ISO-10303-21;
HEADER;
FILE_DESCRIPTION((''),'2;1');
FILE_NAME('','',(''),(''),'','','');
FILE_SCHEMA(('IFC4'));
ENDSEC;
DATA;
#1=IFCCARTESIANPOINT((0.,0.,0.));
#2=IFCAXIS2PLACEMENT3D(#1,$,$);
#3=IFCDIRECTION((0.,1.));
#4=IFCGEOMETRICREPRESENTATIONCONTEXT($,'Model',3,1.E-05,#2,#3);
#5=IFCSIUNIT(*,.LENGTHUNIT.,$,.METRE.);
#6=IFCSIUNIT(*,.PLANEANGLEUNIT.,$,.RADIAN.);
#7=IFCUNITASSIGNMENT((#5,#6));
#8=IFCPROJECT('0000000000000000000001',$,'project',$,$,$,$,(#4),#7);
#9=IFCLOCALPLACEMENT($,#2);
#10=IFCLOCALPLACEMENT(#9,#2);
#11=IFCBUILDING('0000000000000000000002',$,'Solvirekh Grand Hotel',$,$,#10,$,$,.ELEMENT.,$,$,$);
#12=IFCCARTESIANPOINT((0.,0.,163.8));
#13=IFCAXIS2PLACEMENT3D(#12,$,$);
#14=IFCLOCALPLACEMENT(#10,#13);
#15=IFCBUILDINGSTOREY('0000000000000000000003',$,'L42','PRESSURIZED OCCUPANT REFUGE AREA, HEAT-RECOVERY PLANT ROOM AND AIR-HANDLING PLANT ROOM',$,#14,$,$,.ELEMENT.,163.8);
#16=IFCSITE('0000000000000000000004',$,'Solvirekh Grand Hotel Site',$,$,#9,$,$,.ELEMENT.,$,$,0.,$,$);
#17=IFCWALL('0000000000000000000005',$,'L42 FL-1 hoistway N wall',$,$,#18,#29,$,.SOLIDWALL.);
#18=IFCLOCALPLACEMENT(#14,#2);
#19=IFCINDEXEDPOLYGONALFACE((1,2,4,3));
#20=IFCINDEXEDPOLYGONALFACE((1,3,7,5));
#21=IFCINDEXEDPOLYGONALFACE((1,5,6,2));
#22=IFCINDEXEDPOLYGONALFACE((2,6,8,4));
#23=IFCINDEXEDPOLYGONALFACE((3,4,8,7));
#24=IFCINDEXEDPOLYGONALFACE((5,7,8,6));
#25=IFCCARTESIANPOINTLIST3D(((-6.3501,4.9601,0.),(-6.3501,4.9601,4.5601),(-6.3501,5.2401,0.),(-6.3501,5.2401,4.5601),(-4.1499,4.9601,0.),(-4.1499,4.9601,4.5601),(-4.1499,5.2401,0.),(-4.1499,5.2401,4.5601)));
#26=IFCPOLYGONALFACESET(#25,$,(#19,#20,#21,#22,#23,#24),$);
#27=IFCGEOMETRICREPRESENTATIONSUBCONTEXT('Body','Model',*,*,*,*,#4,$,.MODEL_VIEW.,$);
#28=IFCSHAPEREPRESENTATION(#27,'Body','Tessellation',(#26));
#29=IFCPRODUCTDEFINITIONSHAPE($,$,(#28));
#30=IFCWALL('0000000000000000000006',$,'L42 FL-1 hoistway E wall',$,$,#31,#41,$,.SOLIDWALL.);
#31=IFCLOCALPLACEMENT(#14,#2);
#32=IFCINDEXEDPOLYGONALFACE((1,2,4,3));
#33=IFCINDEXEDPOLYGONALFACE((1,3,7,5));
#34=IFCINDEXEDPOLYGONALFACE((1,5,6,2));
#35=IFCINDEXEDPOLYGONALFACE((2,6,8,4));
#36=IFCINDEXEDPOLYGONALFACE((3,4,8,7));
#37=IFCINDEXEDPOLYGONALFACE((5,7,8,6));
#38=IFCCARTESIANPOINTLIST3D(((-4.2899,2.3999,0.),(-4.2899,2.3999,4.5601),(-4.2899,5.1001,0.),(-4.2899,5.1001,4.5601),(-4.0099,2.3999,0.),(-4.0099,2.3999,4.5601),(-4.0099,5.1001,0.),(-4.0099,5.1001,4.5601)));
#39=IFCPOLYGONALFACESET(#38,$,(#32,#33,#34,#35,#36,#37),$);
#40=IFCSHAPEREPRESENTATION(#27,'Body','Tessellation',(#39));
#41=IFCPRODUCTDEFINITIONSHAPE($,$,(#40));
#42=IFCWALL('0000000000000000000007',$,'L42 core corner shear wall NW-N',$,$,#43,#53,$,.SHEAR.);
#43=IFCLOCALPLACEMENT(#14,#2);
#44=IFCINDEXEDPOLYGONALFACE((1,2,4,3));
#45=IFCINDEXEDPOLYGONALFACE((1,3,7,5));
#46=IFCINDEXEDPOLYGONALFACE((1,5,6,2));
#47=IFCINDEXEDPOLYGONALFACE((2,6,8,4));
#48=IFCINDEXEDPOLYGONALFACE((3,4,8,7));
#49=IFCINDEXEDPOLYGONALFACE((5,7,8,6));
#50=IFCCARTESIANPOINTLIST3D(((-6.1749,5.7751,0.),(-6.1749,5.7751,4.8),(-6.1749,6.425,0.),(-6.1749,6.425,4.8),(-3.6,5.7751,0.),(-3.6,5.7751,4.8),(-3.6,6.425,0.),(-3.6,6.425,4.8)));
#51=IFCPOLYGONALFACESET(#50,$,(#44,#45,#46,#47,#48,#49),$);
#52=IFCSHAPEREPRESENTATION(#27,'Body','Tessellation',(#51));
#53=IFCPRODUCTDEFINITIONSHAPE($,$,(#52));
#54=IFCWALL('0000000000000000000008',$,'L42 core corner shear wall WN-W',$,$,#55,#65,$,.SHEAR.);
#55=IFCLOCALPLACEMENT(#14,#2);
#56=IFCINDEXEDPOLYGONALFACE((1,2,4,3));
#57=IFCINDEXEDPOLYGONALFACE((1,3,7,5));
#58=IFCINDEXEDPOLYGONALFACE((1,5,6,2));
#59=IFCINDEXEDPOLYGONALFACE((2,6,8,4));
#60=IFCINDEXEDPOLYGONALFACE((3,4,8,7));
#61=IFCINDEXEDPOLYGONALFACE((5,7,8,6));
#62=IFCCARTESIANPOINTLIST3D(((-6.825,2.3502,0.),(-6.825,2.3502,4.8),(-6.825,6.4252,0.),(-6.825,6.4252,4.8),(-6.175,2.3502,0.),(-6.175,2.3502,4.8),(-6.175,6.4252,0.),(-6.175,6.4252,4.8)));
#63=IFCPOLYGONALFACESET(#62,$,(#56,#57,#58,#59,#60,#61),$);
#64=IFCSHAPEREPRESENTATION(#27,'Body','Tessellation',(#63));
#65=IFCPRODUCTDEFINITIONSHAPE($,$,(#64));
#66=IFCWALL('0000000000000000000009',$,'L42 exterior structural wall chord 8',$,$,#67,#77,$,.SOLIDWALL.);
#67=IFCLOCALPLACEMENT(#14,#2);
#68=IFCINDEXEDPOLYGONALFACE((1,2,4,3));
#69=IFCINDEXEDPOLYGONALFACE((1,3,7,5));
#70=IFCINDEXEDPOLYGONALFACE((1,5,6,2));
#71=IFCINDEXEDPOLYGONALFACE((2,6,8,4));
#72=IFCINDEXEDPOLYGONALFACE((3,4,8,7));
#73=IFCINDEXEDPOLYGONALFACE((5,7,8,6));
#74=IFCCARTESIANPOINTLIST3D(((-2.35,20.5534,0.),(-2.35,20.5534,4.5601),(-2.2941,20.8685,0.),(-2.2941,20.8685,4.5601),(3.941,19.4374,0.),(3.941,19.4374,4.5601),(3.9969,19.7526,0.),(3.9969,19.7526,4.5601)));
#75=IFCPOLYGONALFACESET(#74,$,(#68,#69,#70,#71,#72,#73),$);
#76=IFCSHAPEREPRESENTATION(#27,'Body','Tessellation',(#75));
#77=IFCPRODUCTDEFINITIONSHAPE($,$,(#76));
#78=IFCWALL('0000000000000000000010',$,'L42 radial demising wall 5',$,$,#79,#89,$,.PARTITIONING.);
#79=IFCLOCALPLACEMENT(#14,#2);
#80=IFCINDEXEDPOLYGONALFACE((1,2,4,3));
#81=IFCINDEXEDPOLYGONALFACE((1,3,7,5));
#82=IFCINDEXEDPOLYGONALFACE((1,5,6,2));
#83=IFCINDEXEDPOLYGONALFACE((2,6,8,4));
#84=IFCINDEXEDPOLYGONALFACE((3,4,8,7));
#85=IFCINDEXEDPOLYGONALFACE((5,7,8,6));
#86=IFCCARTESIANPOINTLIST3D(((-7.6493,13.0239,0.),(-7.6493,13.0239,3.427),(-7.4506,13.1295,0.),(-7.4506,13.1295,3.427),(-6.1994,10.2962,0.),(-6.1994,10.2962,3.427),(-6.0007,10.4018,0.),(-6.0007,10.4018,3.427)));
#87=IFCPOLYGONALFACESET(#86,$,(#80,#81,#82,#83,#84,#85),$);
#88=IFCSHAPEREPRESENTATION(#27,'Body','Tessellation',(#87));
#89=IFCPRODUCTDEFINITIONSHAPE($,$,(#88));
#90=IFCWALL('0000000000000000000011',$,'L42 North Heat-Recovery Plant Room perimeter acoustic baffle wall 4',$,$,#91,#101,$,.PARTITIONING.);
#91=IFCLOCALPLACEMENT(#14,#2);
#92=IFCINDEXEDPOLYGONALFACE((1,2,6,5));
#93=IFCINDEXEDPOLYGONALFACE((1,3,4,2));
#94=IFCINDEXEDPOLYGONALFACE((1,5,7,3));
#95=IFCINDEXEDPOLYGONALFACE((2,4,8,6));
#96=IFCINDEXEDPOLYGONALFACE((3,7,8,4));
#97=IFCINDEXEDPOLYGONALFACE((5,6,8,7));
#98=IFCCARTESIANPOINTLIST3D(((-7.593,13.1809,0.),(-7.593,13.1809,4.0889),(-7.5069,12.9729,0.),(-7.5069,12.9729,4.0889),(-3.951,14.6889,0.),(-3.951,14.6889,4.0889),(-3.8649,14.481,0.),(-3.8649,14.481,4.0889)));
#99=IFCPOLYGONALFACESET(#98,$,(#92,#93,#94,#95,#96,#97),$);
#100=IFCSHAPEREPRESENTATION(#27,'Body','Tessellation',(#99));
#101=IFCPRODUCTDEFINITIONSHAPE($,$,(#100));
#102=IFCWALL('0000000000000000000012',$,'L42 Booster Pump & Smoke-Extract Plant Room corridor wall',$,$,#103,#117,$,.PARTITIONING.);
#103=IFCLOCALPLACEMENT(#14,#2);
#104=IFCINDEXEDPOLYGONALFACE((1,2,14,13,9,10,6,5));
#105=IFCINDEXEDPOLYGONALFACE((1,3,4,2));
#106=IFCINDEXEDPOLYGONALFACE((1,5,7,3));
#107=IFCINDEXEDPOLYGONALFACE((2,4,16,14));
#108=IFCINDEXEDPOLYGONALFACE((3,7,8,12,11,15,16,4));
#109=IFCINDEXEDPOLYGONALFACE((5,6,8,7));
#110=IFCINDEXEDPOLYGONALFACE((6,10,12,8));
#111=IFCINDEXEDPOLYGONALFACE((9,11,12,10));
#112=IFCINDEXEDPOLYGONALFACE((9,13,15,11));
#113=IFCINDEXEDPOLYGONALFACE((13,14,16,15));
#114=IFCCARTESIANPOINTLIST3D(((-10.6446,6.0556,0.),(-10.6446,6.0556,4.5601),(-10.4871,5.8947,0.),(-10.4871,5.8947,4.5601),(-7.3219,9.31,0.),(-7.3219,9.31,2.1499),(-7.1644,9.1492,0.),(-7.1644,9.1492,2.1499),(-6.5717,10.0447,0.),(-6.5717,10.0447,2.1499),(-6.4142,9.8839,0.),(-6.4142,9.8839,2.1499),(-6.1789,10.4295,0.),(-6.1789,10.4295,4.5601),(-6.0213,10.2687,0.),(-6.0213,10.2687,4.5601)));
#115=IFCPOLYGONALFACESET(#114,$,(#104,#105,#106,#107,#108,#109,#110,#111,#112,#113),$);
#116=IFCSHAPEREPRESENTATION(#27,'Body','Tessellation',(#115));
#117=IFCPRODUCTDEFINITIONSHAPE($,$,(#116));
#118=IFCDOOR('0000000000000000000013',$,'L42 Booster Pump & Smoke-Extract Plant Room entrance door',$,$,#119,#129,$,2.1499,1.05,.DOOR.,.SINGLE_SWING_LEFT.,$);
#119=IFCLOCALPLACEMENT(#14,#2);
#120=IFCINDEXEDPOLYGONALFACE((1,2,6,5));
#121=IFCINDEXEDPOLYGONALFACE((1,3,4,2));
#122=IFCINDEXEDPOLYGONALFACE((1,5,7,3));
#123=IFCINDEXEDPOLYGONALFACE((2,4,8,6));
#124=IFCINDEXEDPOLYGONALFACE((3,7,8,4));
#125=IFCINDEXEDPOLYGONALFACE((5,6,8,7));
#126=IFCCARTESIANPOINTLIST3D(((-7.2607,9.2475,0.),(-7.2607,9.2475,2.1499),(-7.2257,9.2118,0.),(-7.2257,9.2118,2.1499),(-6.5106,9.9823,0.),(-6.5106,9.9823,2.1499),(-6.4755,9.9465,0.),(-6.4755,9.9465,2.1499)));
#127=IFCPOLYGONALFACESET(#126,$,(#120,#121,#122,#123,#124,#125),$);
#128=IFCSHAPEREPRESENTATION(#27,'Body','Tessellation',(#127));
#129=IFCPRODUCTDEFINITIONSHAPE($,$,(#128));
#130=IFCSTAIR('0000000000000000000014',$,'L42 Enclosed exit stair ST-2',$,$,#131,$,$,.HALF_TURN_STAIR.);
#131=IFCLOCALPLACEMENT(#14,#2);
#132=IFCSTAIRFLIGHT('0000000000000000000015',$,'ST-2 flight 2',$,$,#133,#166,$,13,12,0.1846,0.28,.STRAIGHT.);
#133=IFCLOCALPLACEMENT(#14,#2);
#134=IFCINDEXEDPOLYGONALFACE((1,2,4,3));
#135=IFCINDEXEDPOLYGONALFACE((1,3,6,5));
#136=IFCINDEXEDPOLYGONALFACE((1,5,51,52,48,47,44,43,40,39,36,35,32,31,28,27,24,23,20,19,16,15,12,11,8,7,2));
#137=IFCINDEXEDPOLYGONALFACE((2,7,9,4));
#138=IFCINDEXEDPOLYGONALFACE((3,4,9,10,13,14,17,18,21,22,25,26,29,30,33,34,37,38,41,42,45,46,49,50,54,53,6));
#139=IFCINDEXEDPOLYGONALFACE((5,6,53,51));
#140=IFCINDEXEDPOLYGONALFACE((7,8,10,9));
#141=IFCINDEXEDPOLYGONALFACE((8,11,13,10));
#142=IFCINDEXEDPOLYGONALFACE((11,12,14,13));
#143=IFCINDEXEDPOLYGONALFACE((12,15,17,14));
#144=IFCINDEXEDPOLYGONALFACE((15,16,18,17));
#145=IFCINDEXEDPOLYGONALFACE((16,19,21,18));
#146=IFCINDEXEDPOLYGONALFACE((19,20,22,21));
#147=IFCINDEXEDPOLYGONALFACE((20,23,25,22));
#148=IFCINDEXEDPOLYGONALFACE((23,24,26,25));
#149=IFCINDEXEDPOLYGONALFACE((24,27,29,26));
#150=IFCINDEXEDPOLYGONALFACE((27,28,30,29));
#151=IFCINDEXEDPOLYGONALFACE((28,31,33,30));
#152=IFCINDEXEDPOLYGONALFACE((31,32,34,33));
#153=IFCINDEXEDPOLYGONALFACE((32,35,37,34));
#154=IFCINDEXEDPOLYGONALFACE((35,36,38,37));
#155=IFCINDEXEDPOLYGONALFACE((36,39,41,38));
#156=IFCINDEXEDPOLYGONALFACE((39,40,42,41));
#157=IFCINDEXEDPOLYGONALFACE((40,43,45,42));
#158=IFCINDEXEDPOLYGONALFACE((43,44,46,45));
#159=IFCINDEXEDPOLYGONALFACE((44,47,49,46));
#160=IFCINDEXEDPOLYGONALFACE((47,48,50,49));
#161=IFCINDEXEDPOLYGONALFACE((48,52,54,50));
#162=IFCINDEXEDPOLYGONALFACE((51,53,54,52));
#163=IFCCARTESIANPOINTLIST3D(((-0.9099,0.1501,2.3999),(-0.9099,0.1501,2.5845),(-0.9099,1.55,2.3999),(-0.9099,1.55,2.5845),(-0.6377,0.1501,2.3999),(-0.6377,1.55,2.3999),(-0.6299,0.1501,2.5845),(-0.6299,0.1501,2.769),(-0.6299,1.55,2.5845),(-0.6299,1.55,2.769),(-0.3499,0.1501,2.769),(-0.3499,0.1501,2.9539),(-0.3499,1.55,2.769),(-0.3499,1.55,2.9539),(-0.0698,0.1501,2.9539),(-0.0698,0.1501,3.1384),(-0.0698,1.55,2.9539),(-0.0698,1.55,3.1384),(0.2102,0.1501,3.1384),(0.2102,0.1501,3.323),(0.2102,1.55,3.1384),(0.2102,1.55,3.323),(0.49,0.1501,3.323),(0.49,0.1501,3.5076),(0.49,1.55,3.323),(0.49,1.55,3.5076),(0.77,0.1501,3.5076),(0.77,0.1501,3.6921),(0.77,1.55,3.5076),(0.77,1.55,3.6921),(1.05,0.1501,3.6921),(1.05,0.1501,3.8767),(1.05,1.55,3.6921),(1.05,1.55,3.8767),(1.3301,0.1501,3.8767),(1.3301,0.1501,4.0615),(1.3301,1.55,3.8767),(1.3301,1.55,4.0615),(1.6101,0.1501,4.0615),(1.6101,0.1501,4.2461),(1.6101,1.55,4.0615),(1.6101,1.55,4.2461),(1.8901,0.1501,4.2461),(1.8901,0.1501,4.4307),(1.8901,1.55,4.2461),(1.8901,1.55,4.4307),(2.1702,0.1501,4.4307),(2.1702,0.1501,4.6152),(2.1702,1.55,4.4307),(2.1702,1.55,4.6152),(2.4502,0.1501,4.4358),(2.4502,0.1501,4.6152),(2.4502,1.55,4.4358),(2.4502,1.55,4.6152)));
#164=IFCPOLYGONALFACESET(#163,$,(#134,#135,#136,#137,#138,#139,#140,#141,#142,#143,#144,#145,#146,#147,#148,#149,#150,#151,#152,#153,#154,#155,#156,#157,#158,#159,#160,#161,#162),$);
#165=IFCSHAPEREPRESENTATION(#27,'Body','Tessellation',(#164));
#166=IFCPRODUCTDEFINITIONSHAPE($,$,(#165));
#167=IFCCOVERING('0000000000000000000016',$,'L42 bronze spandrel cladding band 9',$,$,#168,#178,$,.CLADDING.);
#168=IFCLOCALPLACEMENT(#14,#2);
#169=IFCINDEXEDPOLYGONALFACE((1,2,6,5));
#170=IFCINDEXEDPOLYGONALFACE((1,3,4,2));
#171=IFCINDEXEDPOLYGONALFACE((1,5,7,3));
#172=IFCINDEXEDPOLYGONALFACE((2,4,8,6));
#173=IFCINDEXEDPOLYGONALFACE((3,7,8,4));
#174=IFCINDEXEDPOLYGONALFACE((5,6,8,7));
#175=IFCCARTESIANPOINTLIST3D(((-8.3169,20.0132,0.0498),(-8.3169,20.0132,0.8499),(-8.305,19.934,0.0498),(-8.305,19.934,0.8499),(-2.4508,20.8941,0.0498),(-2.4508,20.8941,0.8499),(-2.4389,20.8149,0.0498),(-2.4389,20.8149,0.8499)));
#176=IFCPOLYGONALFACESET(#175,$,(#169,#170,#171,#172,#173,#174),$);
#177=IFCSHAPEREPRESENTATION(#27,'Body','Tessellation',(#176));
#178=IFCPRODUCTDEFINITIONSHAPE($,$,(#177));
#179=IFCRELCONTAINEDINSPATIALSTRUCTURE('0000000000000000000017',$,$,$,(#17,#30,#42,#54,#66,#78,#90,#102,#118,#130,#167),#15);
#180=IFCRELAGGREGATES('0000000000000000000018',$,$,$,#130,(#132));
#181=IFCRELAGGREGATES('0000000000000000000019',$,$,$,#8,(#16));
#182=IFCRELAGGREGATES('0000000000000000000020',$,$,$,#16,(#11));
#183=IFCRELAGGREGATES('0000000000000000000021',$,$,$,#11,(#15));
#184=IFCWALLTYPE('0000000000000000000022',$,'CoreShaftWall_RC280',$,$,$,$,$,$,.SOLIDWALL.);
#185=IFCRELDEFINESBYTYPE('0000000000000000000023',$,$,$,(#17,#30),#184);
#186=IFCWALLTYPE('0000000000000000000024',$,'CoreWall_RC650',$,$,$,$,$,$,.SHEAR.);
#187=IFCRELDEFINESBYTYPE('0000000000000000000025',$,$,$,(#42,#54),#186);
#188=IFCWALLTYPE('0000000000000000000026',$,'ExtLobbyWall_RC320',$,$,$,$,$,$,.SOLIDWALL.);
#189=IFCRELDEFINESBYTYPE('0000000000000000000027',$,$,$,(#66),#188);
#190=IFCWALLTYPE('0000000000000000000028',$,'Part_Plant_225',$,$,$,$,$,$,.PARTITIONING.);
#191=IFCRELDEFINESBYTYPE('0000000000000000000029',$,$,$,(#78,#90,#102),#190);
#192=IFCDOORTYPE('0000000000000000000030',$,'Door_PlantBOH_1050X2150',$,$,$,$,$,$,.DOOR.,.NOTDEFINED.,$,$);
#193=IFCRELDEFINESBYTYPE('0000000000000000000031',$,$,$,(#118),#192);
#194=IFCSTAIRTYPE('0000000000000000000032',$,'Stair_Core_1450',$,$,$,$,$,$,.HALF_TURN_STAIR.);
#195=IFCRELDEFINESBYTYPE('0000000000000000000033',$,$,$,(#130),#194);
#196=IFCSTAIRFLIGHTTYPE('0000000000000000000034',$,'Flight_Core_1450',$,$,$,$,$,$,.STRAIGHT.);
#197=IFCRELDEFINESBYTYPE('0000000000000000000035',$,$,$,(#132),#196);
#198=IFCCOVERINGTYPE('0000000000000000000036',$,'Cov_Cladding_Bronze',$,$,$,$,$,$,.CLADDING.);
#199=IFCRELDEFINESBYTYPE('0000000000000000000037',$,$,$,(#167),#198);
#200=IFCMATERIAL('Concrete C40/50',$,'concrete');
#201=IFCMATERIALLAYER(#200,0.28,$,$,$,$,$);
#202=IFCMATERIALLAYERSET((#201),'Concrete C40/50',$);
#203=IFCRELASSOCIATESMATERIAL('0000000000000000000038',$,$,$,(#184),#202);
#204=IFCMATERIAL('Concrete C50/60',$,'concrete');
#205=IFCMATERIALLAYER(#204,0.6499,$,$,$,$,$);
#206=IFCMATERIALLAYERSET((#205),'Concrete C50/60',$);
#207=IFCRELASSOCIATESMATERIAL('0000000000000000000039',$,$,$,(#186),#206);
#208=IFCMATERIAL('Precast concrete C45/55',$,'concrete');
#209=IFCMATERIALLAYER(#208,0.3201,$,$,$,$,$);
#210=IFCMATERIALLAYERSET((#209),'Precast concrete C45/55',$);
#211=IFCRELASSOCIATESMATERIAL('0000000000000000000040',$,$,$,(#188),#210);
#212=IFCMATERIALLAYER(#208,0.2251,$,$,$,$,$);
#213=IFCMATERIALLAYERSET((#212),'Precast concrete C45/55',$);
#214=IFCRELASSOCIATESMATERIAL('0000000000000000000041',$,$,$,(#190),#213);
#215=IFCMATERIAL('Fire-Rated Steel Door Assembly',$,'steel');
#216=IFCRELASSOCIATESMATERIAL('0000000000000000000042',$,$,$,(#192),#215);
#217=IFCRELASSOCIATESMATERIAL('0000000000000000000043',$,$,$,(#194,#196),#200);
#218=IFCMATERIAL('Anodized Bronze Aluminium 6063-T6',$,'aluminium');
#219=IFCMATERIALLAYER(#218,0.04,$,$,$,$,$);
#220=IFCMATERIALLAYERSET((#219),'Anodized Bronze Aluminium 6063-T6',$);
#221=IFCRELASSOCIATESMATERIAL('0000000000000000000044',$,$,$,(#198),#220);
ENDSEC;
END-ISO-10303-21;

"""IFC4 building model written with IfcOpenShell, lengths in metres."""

from ifc_helpers import new_model, si_unit, direction, frame, frame_2d, origin, origin_2d, place, context, subcontext, project, spatial, polyline, rectangle, outline, extrude, material, layer, layer_set, type_object, element, fill, aggregate, save


model = new_model("IFC4")

# Units and contexts
model_context = context("Model", 3, precision=1e-05, world=origin(), true_north=direction((0.0, 1.0)))
body_context = subcontext(model_context, "Body", "Model", "MODEL_VIEW")
ifc_project = project(units=[si_unit("LENGTHUNIT", "METRE"), si_unit("PLANEANGLEUNIT", "RADIAN")], contexts=[model_context])

# Site, building, storey
site_placement = place(None, origin())
site = spatial("IfcSite", under=ifc_project, at=site_placement, Name="Solvirekh Grand Hotel Site", CompositionType="ELEMENT", RefElevation=0.0)
building_placement = place(site_placement, origin())
building = spatial("IfcBuilding", under=site, at=building_placement, Name="Solvirekh Grand Hotel", CompositionType="ELEMENT")
storey_placement = place(building_placement, frame((0.0, 0.0, 163.8)))
storey = spatial("IfcBuildingStorey", under=building, at=storey_placement, Name="L42", Description="PRESSURIZED OCCUPANT REFUGE AREA, HEAT-RECOVERY PLANT ROOM AND AIR-HANDLING PLANT ROOM", CompositionType="ELEMENT", Elevation=163.8)

# Shared definitions
ifc_material_1 = material(Name="Concrete C50/60", Category="concrete")

# Shared definitions
ifc_material_2 = material(Name="Concrete C40/50", Category="concrete")
ifc_layer_1 = layer(ifc_material_2, 0.28)
ifc_layer_set_1 = layer_set([ifc_layer_1], Name="Concrete C40/50")
wall_type_1 = type_object("IfcWallType", Name="CoreShaftWall_RC280", PredefinedType="SOLIDWALL", material=ifc_layer_set_1)

# Shared definitions
ifc_material_3 = material(Name="Fire-Rated Steel Door Assembly", Category="steel")

# Walls
wall_1_placement = place(storey_placement, frame((-4.1499, 5.1001, 0.0), z_axis=(0.0, 0.0, 1.0), x_axis=(-1.0, 0.0, 0.0)))
element("IfcWall", 1, at=wall_1_placement, inside=storey, type_object=wall_type_1, Name="L42 FL-1 hoistway N wall", PredefinedType="SOLIDWALL", context=body_context, shape_type="SweptSolid", body=[
    extrude(rectangle(XDim=2.2002, YDim=0.28, at=frame_2d((1.1001, 0.0))), origin(), (0.0, 0.0, 1.0), 4.5601),
])
wall_2_placement = place(storey_placement, frame((-4.1499, 2.3999, 0.0), z_axis=(0.0, 0.0, 1.0), x_axis=(0.0, 1.0, 0.0)))
element("IfcWall", 2, at=wall_2_placement, inside=storey, type_object=wall_type_1, Name="L42 FL-1 hoistway E wall", PredefinedType="SOLIDWALL", context=body_context, shape_type="SweptSolid", body=[
    extrude(rectangle(XDim=2.7002, YDim=0.28, at=frame_2d((1.3501, 0.0))), origin(), (0.0, 0.0, 1.0), 4.5601),
])
ifc_layer_2 = layer(ifc_material_1, 0.6499)
ifc_layer_set_2 = layer_set([ifc_layer_2], Name="Concrete C50/60")
wall_type_2 = type_object("IfcWallType", Name="CoreWall_RC650", PredefinedType="SHEAR", material=ifc_layer_set_2)
wall_3_placement = place(storey_placement, frame((-6.175, 6.1001, 0.0), z_axis=(0.0, 0.0, 1.0), x_axis=(1.0, 0.0, 0.0)))
element("IfcWall", 3, at=wall_3_placement, inside=storey, type_object=wall_type_2, Name="L42 core corner shear wall NW-N", PredefinedType="SHEAR", context=body_context, shape_type="SweptSolid", body=[
    extrude(rectangle(XDim=2.575, YDim=0.6499, at=frame_2d((1.2876, 0.0))), origin(), (0.0, 0.0, 1.0), 4.8),
])
wall_4_placement = place(storey_placement, frame((-6.5, 2.3501, 0.0), z_axis=(0.0, 0.0, 1.0), x_axis=(0.0, 1.0, 0.0)))
element("IfcWall", 4, at=wall_4_placement, inside=storey, type_object=wall_type_2, Name="L42 core corner shear wall WN-W", PredefinedType="SHEAR", context=body_context, shape_type="SweptSolid", body=[
    extrude(rectangle(XDim=4.075, YDim=0.6499, at=frame_2d((2.0376, 0.0))), origin(), (0.0, 0.0, 1.0), 4.8),
])
ifc_material_4 = material(Name="Precast concrete C45/55", Category="concrete")
ifc_layer_3 = layer(ifc_material_4, 0.3201)
ifc_layer_set_3 = layer_set([ifc_layer_3], Name="Precast concrete C45/55")
wall_type_3 = type_object("IfcWallType", Name="ExtLobbyWall_RC320", PredefinedType="SOLIDWALL", material=ifc_layer_set_3)
wall_5_placement = place(storey_placement, frame((-2.322, 20.7109, 0.0), z_axis=(0.0, 0.0, 1.0), x_axis=(0.984628, -0.174664, 0.0)))
element("IfcWall", 5, at=wall_5_placement, inside=storey, type_object=wall_type_3, Name="L42 exterior structural wall chord 8", PredefinedType="SOLIDWALL", context=body_context, shape_type="SweptSolid", body=[
    extrude(rectangle(XDim=6.3892, YDim=0.3201, at=frame_2d((3.1946, 0.0))), origin(), (0.0, 0.0, 1.0), 4.5601),
])
ifc_layer_4 = layer(ifc_material_4, 0.2251)
ifc_layer_set_4 = layer_set([ifc_layer_4], Name="Precast concrete C45/55")
wall_type_4 = type_object("IfcWallType", Name="Part_Plant_225", PredefinedType="PARTITIONING", material=ifc_layer_set_4)
wall_6_placement = place(storey_placement, frame((-6.1001, 10.3491, 0.0), z_axis=(0.0, 0.0, 1.0), x_axis=(-0.469361, 0.883006, 0.0)))
element("IfcWall", 6, at=wall_6_placement, inside=storey, type_object=wall_type_4, Name="L42 radial demising wall 5", PredefinedType="PARTITIONING", context=body_context, shape_type="SweptSolid", body=[
    extrude(rectangle(XDim=3.0891, YDim=0.2251, at=frame_2d((1.5444, 0.0))), origin(), (0.0, 0.0, 1.0), 3.427),
])
wall_7_placement = place(storey_placement, frame((-3.908, 14.585, 0.0), z_axis=(0.0, 0.0, 1.0), x_axis=(-0.923929, -0.382565, 0.0)))
element("IfcWall", 7, at=wall_7_placement, inside=storey, type_object=wall_type_4, Name="L42 North Heat-Recovery Plant Room perimeter acoustic baffle wall 4", PredefinedType="PARTITIONING", context=body_context, shape_type="SweptSolid", body=[
    extrude(rectangle(XDim=3.9419, YDim=0.2251, at=frame_2d((1.9709, 0.0))), origin(), (0.0, 0.0, 1.0), 4.0889),
])

# Wall, opening, door
wall_8_placement = place(storey_placement, frame((-6.1001, 10.3491, 0.0), z_axis=(0.0, 0.0, 1.0), x_axis=(-0.714411, -0.699726, 0.0)))
wall_8 = element("IfcWall", 8, at=wall_8_placement, inside=storey, type_object=wall_type_4, Name="L42 Booster Pump & Smoke-Extract Plant Room corridor wall", PredefinedType="PARTITIONING", context=body_context, shape_type="SweptSolid", body=[
    extrude(rectangle(XDim=6.251, YDim=0.2251, at=frame_2d((3.1255, 0.0))), origin(), (0.0, 0.0, 1.0), 4.5601),
])
opening_1_placement = place(wall_8_placement, frame((0.55, 0.0, 0.0)))
opening_1 = element("IfcOpeningElement", 9, at=opening_1_placement, cuts=wall_8, PredefinedType="OPENING", context=body_context, shape_type="SweptSolid", body=[
    extrude(rectangle(XDim=1.05, YDim=2.1499, at=frame_2d((0.5249, 1.075))), frame((0.0, 0.1226, 0.0), z_axis=(0.0, -1.0, 0.0), x_axis=(1.0, 0.0, 0.0)), (0.0, 0.0, 1.0), 0.2451),
])
door_type_1 = type_object("IfcDoorType", Name="Door_PlantBOH_1050X2150", OperationType="NOTDEFINED", PredefinedType="DOOR", material=ifc_material_3)
door_1_placement = place(opening_1_placement, origin())
door_1 = element("IfcDoor", 10, at=door_1_placement, inside=storey, type_object=door_type_1, Name="L42 Booster Pump & Smoke-Extract Plant Room entrance door", OperationType="SINGLE_SWING_LEFT", OverallHeight=2.1499, OverallWidth=1.05, PredefinedType="DOOR", context=body_context, shape_type="SweptSolid", body=[
    extrude(rectangle(XDim=1.05, YDim=2.1499, at=frame_2d((0.5249, 1.075))), frame((0.0, 0.0249, 0.0), z_axis=(0.0, -1.0, 0.0), x_axis=(1.0, 0.0, 0.0)), (0.0, 0.0, 1.0), 0.05),
])
fill(opening_1, door_1)

# Stair, stair flight
stair_type = type_object("IfcStairType", Name="Stair_Core_1450", PredefinedType="HALF_TURN_STAIR", material=ifc_material_2)
stair_placement = place(storey_placement, origin())
stair = element("IfcStair", 11, at=stair_placement, inside=storey, type_object=stair_type, Name="L42 Enclosed exit stair ST-2", PredefinedType="HALF_TURN_STAIR")
stair_flight_type = type_object("IfcStairFlightType", Name="Flight_Core_1450", PredefinedType="STRAIGHT", material=ifc_material_2)
stair_flight_placement = place(storey_placement, frame((-0.9099, 0.8501, 2.3999), z_axis=(0.0, 0.0, 1.0), x_axis=(1.0, 0.0, 0.0)))
stair_flight = element("IfcStairFlight", 12, at=stair_flight_placement, type_object=stair_flight_type, Name="ST-2 flight 2", NumberOfRisers=13, NumberOfTreads=12, PredefinedType="STRAIGHT", RiserHeight=0.1846, TreadLength=0.28, context=body_context, shape_type="SweptSolid", body=[
    extrude(outline(polyline([(0.0, 0.0), (0.0, 0.1846), (0.28, 0.1846), (0.28, 0.3691), (0.5601, 0.3691), (0.5601, 0.554), (0.8401, 0.554), (0.8401, 0.7385), (1.1201, 0.7385), (1.1201, 0.9231), (1.3999, 0.9231), (1.3999, 1.1077), (1.6799, 1.1077), (1.6799, 1.2922), (1.96, 1.2922), (1.96, 1.4768), (2.24, 1.4768), (2.24, 1.6616), (2.52, 1.6616), (2.52, 1.8462), (2.8, 1.8462), (2.8, 2.0308), (3.0801, 2.0308), (3.0801, 2.2153), (3.3601, 2.2153), (3.3601, 2.3999), (3.3601, 2.0359), (0.2722, 0.0), (0.0, 0.0)])), frame((0.0, 0.7, 0.0), z_axis=(0.0, -1.0, 0.0), x_axis=(1.0, 0.0, 0.0)), (0.0, 0.0, 1.0), 1.3999),
])
aggregate(stair, [stair_flight])

# Covering
ifc_material_5 = material(Name="Anodized Bronze Aluminium 6063-T6", Category="aluminium")
ifc_layer_5 = layer(ifc_material_5, 0.04)
ifc_layer_set_5 = layer_set([ifc_layer_5], Name="Anodized Bronze Aluminium 6063-T6")
covering_type = type_object("IfcCoveringType", Name="Cov_Cladding_Bronze", PredefinedType="CLADDING", material=ifc_layer_set_5)
covering_placement = place(storey_placement, frame((-5.3779, 20.4141, 0.0498), z_axis=(0.0, 0.0, 1.0), x_axis=(0.988912, 0.1485, 0.0)))
element("IfcCovering", 13, at=covering_placement, inside=storey, type_object=covering_type, Name="L42 bronze spandrel cladding band 9", PredefinedType="CLADDING", context=body_context, shape_type="SweptSolid", body=[
    extrude(rectangle(XDim=5.9319, YDim=0.0801, at=origin_2d()), origin(), (0.0, 0.0, 1.0), 0.8),
])

save(model, "model.ifc")
